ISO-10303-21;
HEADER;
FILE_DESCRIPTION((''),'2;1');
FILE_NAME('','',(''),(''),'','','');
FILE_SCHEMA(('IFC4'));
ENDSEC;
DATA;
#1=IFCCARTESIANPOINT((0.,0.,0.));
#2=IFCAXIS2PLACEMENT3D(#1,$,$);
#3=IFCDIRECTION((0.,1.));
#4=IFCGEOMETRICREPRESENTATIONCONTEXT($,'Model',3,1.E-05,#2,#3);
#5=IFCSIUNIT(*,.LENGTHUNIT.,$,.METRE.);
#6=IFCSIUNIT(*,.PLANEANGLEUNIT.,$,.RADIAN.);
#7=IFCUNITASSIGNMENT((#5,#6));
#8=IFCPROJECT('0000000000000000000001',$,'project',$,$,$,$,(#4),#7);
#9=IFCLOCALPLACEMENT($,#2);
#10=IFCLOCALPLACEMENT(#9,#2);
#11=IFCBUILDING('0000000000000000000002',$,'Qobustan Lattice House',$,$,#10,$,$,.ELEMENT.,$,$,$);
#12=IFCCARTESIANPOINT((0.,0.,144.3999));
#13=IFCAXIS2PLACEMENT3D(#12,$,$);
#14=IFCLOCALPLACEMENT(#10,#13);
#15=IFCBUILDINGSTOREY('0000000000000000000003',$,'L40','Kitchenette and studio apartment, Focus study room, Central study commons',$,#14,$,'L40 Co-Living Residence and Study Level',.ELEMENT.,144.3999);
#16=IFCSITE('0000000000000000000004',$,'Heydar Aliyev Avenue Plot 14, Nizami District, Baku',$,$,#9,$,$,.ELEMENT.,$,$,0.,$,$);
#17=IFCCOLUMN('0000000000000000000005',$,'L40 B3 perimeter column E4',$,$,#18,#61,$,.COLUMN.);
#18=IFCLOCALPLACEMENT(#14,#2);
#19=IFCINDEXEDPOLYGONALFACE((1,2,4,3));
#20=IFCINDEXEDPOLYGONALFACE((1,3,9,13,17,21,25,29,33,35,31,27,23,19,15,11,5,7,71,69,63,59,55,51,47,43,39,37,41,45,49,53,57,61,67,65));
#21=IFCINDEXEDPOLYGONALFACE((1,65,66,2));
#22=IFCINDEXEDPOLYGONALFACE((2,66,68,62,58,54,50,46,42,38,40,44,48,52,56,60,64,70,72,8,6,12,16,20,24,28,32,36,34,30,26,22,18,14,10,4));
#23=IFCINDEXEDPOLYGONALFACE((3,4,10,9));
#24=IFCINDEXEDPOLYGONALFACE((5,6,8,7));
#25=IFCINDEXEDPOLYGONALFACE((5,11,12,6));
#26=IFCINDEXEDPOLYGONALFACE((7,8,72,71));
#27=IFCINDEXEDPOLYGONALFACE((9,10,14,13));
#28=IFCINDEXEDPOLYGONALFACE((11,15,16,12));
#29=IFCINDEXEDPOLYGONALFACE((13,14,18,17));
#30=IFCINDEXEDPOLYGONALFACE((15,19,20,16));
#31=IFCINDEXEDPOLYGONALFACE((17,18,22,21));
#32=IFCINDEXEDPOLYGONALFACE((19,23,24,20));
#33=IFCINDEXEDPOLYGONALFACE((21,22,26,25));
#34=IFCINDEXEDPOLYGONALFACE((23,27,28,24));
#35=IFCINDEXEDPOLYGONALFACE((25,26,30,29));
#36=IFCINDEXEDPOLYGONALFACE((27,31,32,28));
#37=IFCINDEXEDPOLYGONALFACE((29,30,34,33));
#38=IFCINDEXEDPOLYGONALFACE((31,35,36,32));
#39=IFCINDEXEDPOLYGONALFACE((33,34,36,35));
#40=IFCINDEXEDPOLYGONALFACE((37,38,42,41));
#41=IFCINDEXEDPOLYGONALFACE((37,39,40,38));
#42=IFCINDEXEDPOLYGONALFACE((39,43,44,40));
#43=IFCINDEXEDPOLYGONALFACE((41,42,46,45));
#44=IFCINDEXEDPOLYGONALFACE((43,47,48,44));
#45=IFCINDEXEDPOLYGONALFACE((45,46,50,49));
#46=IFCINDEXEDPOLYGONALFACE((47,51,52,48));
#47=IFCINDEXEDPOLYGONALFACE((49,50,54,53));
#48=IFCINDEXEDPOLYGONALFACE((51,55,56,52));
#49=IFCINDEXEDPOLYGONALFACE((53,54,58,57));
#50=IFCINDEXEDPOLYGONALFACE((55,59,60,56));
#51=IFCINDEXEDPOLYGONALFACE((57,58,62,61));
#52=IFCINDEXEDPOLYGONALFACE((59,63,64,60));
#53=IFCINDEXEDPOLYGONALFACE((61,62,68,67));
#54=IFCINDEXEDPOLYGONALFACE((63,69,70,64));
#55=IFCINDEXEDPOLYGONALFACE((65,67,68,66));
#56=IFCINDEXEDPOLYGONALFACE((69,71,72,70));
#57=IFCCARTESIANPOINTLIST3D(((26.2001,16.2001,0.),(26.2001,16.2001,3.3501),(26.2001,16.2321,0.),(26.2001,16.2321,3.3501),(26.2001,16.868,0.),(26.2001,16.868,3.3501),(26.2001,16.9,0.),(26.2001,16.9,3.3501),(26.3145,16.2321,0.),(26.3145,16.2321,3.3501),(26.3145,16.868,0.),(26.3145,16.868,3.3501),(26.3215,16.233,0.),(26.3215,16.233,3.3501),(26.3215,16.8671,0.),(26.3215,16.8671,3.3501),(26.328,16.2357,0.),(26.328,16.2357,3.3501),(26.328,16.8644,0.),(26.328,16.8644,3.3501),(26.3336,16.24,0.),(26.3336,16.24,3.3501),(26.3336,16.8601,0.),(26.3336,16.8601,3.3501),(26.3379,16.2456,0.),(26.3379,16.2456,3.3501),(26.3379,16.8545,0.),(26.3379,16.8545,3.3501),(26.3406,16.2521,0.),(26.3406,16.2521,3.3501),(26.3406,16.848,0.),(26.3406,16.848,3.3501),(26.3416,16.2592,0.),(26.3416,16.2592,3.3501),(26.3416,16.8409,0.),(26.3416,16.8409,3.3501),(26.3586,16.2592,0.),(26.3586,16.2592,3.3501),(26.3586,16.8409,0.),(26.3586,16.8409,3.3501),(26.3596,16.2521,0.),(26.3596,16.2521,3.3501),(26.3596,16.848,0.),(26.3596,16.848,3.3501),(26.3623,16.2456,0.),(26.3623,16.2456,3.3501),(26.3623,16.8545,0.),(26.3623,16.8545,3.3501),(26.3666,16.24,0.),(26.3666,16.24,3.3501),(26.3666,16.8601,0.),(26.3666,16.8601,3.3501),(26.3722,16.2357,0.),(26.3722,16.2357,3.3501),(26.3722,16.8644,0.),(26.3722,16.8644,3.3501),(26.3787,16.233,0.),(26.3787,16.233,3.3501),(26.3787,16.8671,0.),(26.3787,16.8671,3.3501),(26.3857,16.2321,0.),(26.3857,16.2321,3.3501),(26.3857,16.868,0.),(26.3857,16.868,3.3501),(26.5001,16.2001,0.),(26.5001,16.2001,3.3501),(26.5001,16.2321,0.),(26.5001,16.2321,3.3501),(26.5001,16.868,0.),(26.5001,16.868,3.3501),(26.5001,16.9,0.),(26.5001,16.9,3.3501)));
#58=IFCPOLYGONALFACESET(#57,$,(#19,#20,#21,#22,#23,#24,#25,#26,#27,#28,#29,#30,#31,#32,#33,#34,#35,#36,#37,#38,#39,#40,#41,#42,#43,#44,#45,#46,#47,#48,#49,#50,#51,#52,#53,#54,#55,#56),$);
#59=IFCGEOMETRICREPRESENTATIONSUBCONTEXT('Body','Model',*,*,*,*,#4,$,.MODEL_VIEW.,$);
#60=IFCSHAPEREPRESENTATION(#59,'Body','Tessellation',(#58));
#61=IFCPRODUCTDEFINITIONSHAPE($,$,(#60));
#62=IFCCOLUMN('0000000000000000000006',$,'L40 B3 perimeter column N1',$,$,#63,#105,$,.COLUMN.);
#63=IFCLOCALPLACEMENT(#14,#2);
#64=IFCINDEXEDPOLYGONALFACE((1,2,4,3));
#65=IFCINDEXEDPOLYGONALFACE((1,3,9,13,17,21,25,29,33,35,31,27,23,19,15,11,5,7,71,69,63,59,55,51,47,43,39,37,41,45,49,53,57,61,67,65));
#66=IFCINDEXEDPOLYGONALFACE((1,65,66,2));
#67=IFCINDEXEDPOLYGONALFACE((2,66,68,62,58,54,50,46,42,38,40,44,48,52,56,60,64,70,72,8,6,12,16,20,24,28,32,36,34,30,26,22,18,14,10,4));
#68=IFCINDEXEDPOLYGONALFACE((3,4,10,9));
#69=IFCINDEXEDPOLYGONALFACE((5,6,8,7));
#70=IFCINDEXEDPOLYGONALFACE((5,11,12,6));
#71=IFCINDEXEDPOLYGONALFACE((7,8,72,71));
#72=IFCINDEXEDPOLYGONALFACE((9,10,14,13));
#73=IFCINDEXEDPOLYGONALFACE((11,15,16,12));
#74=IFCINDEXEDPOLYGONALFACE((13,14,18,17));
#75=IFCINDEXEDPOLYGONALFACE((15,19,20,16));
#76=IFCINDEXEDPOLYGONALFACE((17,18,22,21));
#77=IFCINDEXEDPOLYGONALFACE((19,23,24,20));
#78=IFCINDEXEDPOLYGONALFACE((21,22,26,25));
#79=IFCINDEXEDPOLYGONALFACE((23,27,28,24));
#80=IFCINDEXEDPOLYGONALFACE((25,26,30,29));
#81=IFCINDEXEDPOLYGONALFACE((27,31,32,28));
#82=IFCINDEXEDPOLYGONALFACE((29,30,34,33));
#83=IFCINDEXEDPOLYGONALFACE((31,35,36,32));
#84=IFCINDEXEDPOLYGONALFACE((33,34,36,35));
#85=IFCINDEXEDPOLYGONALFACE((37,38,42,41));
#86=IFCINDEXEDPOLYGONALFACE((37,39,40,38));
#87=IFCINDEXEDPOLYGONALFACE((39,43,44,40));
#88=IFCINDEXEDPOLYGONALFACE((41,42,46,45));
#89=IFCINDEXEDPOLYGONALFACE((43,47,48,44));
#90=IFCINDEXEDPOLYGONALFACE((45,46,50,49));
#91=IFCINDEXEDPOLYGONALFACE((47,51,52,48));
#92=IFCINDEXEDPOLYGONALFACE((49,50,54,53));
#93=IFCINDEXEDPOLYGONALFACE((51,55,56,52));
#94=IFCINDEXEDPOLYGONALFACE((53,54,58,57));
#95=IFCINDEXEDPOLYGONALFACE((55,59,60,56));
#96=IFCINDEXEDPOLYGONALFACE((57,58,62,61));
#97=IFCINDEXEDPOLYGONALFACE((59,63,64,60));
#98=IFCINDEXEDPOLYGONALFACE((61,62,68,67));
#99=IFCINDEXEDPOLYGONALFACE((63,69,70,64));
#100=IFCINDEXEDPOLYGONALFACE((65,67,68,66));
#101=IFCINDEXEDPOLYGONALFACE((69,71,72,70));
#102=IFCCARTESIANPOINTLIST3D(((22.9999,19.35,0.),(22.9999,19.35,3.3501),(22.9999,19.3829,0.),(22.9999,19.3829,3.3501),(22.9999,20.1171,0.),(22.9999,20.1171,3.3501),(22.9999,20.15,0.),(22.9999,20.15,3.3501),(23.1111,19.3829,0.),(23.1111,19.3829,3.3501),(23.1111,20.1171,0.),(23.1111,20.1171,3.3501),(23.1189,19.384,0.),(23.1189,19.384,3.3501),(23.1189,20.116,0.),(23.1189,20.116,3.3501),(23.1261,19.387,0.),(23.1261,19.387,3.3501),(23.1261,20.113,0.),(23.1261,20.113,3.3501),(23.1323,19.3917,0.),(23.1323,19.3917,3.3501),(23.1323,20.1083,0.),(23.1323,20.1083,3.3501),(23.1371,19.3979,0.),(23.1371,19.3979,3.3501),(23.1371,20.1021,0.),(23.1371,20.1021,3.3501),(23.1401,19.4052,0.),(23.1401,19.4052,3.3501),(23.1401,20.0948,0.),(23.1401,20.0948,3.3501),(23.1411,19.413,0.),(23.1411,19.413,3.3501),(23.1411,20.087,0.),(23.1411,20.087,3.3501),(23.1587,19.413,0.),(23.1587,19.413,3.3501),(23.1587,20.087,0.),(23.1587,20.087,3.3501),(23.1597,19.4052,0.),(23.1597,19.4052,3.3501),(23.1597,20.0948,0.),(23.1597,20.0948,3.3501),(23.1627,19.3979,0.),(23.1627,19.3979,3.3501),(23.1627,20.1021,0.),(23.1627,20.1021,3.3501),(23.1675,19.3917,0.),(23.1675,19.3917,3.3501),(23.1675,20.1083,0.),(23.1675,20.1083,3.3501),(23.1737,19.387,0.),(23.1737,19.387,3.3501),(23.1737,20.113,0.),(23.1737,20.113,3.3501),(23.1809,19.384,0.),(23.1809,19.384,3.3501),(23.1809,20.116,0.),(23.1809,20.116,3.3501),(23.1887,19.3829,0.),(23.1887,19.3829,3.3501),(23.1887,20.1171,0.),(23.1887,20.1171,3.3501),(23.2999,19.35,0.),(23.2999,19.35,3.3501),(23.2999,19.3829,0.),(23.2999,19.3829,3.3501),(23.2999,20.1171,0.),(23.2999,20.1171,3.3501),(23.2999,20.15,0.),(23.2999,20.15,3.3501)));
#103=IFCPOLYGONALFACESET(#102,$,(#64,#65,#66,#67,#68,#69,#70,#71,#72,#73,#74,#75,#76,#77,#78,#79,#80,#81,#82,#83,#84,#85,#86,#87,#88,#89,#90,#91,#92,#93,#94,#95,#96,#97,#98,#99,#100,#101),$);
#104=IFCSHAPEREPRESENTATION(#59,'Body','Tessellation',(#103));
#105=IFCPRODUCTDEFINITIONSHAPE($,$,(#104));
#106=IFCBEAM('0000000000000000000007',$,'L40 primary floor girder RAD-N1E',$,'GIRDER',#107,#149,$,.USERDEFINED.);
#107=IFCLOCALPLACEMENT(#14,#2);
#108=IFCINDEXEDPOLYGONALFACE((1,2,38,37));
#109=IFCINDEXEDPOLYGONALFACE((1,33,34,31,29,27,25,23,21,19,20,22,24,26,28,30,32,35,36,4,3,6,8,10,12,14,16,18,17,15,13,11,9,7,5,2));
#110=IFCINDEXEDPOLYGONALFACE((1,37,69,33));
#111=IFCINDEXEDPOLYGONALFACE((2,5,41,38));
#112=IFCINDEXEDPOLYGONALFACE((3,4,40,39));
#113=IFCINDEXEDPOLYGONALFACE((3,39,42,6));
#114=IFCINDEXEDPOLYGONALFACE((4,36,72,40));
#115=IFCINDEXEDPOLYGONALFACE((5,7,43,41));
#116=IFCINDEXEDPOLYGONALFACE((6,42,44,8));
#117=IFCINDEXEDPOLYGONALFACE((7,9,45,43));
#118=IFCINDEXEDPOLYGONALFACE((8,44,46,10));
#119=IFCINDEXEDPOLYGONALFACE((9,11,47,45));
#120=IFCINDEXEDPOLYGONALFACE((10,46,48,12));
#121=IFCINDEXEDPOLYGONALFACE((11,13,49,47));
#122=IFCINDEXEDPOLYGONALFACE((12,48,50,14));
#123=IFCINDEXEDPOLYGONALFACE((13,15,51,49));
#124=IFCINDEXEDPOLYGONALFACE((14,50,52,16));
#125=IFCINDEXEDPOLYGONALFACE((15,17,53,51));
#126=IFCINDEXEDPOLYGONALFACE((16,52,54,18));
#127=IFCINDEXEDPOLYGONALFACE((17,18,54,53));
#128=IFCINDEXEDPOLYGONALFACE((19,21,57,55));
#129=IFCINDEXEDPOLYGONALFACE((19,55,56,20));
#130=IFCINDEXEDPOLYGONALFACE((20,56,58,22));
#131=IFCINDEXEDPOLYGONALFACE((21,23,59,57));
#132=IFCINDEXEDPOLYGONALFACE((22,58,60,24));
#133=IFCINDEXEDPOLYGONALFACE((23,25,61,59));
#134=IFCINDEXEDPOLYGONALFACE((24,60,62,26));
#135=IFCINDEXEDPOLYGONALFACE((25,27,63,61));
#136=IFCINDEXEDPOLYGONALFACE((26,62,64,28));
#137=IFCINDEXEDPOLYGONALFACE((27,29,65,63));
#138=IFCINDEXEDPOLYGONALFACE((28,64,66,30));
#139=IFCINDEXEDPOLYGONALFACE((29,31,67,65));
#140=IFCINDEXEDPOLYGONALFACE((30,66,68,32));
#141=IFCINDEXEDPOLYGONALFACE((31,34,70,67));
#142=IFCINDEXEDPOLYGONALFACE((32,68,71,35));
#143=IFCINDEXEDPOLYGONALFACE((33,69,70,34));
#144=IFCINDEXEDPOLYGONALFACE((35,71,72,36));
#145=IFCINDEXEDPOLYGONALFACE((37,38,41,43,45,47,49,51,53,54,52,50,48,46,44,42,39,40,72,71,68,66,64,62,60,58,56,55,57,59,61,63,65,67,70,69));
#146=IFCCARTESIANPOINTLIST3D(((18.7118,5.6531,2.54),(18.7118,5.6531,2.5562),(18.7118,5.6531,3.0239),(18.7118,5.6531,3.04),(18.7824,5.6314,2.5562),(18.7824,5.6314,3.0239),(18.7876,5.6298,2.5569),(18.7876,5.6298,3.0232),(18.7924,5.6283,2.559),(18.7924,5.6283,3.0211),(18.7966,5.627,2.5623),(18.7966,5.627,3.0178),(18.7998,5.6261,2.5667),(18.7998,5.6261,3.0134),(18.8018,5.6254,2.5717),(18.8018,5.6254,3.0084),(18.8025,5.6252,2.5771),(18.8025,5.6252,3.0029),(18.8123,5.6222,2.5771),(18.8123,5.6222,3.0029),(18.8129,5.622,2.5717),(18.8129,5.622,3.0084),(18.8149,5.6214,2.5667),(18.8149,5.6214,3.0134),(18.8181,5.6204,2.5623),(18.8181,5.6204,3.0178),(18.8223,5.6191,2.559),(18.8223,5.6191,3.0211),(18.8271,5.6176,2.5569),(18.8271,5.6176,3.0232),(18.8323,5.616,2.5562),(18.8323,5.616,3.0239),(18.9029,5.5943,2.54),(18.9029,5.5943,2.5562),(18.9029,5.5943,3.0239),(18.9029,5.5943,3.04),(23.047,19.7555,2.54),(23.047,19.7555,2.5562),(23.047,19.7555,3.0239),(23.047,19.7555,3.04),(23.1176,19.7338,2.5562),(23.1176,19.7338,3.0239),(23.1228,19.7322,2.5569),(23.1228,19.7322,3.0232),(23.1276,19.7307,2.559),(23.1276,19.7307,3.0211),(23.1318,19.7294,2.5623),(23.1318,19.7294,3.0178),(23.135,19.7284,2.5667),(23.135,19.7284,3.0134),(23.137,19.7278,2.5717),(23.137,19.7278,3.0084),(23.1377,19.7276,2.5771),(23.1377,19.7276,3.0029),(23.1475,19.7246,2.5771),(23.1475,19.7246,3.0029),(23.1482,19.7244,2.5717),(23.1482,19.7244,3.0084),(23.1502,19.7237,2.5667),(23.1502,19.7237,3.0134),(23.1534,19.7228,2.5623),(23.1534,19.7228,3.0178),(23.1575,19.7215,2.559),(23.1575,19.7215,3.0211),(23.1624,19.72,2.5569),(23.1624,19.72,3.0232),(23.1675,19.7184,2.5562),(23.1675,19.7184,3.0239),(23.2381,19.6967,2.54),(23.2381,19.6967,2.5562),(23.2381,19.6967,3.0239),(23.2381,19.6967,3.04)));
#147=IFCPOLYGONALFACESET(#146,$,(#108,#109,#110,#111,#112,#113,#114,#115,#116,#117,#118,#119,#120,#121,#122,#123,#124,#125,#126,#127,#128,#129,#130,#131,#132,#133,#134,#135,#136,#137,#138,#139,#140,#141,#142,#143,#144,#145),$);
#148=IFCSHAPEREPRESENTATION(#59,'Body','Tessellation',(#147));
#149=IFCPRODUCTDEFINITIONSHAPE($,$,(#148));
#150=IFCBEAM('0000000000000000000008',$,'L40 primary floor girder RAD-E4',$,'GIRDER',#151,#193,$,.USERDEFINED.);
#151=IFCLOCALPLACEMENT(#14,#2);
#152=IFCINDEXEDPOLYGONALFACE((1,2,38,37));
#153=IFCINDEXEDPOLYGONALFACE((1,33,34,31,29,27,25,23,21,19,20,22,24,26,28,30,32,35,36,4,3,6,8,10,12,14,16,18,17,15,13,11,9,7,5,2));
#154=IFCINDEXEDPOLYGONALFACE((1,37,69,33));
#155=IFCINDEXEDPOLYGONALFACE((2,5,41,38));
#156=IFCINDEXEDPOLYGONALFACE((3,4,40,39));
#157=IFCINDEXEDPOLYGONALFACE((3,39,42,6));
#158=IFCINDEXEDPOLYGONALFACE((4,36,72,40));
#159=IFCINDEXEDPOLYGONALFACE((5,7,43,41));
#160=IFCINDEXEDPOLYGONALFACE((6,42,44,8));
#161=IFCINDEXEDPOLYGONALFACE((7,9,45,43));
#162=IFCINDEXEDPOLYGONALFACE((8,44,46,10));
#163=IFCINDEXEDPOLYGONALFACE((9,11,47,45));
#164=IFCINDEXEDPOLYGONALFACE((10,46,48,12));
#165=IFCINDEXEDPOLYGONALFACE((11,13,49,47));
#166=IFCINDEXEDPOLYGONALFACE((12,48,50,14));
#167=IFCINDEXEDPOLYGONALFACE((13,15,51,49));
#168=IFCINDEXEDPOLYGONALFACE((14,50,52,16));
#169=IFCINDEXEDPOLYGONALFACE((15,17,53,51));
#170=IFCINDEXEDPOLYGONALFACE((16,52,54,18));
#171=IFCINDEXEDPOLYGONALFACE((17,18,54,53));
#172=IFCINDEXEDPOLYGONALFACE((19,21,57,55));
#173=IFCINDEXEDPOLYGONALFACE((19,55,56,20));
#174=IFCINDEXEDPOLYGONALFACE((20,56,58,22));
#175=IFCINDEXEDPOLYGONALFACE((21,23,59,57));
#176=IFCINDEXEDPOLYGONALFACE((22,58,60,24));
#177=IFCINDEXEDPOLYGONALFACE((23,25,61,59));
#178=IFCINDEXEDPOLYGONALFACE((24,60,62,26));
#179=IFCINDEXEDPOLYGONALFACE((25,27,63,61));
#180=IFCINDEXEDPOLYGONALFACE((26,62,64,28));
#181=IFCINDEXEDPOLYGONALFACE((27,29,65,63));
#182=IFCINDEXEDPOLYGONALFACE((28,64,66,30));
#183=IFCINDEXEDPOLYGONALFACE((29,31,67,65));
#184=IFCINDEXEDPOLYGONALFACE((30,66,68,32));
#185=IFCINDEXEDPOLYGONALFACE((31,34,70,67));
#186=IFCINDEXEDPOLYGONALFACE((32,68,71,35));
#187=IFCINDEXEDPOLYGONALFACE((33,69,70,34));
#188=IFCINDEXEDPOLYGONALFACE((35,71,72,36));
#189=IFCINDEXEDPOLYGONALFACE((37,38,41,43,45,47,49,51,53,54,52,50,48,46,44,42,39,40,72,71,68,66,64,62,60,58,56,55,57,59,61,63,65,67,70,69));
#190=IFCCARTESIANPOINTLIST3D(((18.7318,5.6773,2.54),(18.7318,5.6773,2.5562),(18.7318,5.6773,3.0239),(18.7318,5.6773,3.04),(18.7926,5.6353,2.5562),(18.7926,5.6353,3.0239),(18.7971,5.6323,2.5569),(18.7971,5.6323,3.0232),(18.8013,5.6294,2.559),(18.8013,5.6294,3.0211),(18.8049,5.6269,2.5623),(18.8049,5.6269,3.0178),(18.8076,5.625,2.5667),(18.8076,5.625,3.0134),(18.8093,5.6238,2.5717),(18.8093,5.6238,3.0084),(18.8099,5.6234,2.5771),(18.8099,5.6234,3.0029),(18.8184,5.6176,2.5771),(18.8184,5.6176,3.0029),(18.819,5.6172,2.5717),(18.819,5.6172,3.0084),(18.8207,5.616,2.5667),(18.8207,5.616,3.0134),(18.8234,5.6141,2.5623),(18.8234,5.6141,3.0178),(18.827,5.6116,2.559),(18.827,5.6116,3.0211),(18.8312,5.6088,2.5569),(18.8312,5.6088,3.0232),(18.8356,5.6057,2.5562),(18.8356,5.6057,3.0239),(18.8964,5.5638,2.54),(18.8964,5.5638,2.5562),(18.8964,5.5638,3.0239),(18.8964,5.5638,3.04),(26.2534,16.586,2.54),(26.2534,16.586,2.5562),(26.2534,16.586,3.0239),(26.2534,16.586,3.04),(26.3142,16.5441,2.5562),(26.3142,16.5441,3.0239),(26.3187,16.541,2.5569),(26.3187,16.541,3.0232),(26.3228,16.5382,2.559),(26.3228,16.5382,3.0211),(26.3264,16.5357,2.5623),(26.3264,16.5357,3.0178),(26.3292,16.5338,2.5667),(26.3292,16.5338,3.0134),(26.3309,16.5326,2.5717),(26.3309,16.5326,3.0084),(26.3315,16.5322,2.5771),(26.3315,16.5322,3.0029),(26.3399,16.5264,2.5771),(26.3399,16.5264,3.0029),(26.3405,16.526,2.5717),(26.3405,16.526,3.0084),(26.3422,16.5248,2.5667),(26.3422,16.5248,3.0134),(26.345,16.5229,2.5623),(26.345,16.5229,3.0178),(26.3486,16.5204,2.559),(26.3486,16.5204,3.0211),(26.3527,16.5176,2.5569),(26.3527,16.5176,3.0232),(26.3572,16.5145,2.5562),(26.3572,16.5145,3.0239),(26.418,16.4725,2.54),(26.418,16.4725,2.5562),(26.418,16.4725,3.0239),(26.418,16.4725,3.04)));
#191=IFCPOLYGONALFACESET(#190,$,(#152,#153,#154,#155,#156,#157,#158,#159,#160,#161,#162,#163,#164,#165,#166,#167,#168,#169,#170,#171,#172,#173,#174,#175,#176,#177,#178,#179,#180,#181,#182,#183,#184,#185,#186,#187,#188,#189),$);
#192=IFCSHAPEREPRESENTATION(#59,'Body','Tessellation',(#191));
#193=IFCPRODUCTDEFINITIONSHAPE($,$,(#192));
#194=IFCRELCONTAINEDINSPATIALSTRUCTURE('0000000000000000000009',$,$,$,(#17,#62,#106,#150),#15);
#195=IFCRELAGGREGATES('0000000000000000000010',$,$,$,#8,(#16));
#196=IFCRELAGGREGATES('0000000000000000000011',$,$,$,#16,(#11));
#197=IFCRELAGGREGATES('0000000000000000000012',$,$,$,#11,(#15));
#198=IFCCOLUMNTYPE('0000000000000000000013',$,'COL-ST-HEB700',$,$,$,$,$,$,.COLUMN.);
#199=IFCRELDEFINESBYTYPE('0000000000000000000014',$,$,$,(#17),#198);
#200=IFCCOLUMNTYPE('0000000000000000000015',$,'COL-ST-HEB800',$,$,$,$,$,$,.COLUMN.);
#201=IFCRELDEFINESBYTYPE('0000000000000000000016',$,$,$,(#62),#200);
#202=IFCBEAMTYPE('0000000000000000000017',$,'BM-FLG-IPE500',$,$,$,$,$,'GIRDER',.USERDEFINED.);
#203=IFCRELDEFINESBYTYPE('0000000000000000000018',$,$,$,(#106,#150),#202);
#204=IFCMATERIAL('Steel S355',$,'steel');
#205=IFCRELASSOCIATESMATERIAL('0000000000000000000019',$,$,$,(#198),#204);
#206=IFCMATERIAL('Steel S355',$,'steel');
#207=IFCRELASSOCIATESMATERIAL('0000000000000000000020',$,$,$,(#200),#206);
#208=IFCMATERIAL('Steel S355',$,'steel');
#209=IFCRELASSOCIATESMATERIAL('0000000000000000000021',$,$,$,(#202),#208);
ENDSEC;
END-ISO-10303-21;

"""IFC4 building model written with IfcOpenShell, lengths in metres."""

from ifc_helpers import new_model, si_unit, direction, frame, origin, origin_2d, place, context, subcontext, project, spatial, i_section, extrude, material, material_profile, profile_set, type_object, element, save


model = new_model("IFC4")

# Units and contexts
model_context = context("Model", 3, precision=1e-05, world=origin(), true_north=direction((0.0, 1.0)))
body_context = subcontext(model_context, "Body", "Model", "MODEL_VIEW")
ifc_project = project(units=[si_unit("LENGTHUNIT", "METRE"), si_unit("PLANEANGLEUNIT", "RADIAN")], contexts=[model_context])

# Site, building, storey
site_placement = place(None, origin())
site = spatial("IfcSite", under=ifc_project, at=site_placement, Name="Heydar Aliyev Avenue Plot 14, Nizami District, Baku", CompositionType="ELEMENT", RefElevation=0.0)
building_placement = place(site_placement, origin())
building = spatial("IfcBuilding", under=site, at=building_placement, Name="Qobustan Lattice House", CompositionType="ELEMENT")
storey_placement = place(building_placement, frame((0.0, 0.0, 144.3999)))
storey = spatial("IfcBuildingStorey", under=building, at=storey_placement, Name="L40", Description="Kitchenette and studio apartment, Focus study room, Central study commons", LongName="L40 Co-Living Residence and Study Level", CompositionType="ELEMENT", Elevation=144.3999)

# Columns
ifc_material_1 = material(Name="Steel S355", Category="steel")
ifc_material_profile_1 = material_profile(ifc_material_1, i_section(OverallWidth=0.3, OverallDepth=0.7, WebThickness=0.0171, FlangeThickness=0.032, FilletRadius=0.0271, at=origin_2d()), Name="HEB700")
ifc_profile_set_1 = profile_set([ifc_material_profile_1], Name="Steel S355")
column_type_1 = type_object("IfcColumnType", Name="COL-ST-HEB700", PredefinedType="COLUMN", material=ifc_profile_set_1)
column_1_placement = place(storey_placement, frame((26.3501, 16.55, 0.0), z_axis=(0.0, 0.0, 1.0), x_axis=(1.0, 0.0, 0.0)))
element("IfcColumn", 1, at=column_1_placement, inside=storey, type_object=column_type_1, Name="L40 B3 perimeter column E4", PredefinedType="COLUMN", context=body_context, shape_type="SweptSolid", body=[
    extrude(i_section(OverallWidth=0.3, OverallDepth=0.7, WebThickness=0.0171, FlangeThickness=0.032, FilletRadius=0.0271, at=origin_2d()), origin(), (0.0, 0.0, 1.0), 3.3501),
])
ifc_material_2 = material(Name="Steel S355", Category="steel")
ifc_material_profile_2 = material_profile(ifc_material_2, i_section(OverallWidth=0.3, OverallDepth=0.8, WebThickness=0.0176, FlangeThickness=0.033, FilletRadius=0.03, at=origin_2d()), Name="HEB800")
ifc_profile_set_2 = profile_set([ifc_material_profile_2], Name="Steel S355")
column_type_2 = type_object("IfcColumnType", Name="COL-ST-HEB800", PredefinedType="COLUMN", material=ifc_profile_set_2)
column_2_placement = place(storey_placement, frame((23.1499, 19.75, 0.0), z_axis=(0.0, 0.0, 1.0), x_axis=(1.0, 0.0, 0.0)))
element("IfcColumn", 2, at=column_2_placement, inside=storey, type_object=column_type_2, Name="L40 B3 perimeter column N1", PredefinedType="COLUMN", context=body_context, shape_type="SweptSolid", body=[
    extrude(i_section(OverallWidth=0.3, OverallDepth=0.8, WebThickness=0.0176, FlangeThickness=0.033, FilletRadius=0.03, at=origin_2d()), origin(), (0.0, 0.0, 1.0), 3.3501),
])

# Beams
ifc_material_3 = material(Name="Steel S355", Category="steel")
ifc_material_profile_3 = material_profile(ifc_material_3, i_section(OverallWidth=0.2, OverallDepth=0.5, WebThickness=0.0103, FlangeThickness=0.0161, FilletRadius=0.021, at=origin_2d()), Name="IPE500")
ifc_profile_set_3 = profile_set([ifc_material_profile_3], Name="Steel S355")
beam_type_1 = type_object("IfcBeamType", Name="BM-FLG-IPE500", ElementType="GIRDER", PredefinedType="USERDEFINED", material=ifc_profile_set_3)
beam_1_placement = place(storey_placement, frame((23.1426, 19.7261, 2.79), z_axis=(-0.29384, -0.955854, 0.0), x_axis=(0.955854, -0.29384, 0.0)))
element("IfcBeam", 3, at=beam_1_placement, inside=storey, type_object=beam_type_1, Name="L40 primary floor girder RAD-N1E", ObjectType="GIRDER", PredefinedType="USERDEFINED", context=body_context, shape_type="SweptSolid", body=[
    extrude(i_section(OverallWidth=0.2, OverallDepth=0.5, WebThickness=0.0103, FlangeThickness=0.0161, FilletRadius=0.021, at=origin_2d()), origin(), (0.0, 0.0, 1.0), 14.7537),
])
beam_2_placement = place(storey_placement, frame((26.3357, 16.5293, 2.79), z_axis=(-0.567643, -0.823275, 0.0), x_axis=(0.823275, -0.567643, 0.0)))
element("IfcBeam", 4, at=beam_2_placement, inside=storey, type_object=beam_type_1, Name="L40 primary floor girder RAD-E4", ObjectType="GIRDER", PredefinedType="USERDEFINED", context=body_context, shape_type="SweptSolid", body=[
    extrude(i_section(OverallWidth=0.2, OverallDepth=0.5, WebThickness=0.0103, FlangeThickness=0.0161, FilletRadius=0.021, at=origin_2d()), origin(), (0.0, 0.0, 1.0), 13.2505),
])

save(model, "model.ifc")
